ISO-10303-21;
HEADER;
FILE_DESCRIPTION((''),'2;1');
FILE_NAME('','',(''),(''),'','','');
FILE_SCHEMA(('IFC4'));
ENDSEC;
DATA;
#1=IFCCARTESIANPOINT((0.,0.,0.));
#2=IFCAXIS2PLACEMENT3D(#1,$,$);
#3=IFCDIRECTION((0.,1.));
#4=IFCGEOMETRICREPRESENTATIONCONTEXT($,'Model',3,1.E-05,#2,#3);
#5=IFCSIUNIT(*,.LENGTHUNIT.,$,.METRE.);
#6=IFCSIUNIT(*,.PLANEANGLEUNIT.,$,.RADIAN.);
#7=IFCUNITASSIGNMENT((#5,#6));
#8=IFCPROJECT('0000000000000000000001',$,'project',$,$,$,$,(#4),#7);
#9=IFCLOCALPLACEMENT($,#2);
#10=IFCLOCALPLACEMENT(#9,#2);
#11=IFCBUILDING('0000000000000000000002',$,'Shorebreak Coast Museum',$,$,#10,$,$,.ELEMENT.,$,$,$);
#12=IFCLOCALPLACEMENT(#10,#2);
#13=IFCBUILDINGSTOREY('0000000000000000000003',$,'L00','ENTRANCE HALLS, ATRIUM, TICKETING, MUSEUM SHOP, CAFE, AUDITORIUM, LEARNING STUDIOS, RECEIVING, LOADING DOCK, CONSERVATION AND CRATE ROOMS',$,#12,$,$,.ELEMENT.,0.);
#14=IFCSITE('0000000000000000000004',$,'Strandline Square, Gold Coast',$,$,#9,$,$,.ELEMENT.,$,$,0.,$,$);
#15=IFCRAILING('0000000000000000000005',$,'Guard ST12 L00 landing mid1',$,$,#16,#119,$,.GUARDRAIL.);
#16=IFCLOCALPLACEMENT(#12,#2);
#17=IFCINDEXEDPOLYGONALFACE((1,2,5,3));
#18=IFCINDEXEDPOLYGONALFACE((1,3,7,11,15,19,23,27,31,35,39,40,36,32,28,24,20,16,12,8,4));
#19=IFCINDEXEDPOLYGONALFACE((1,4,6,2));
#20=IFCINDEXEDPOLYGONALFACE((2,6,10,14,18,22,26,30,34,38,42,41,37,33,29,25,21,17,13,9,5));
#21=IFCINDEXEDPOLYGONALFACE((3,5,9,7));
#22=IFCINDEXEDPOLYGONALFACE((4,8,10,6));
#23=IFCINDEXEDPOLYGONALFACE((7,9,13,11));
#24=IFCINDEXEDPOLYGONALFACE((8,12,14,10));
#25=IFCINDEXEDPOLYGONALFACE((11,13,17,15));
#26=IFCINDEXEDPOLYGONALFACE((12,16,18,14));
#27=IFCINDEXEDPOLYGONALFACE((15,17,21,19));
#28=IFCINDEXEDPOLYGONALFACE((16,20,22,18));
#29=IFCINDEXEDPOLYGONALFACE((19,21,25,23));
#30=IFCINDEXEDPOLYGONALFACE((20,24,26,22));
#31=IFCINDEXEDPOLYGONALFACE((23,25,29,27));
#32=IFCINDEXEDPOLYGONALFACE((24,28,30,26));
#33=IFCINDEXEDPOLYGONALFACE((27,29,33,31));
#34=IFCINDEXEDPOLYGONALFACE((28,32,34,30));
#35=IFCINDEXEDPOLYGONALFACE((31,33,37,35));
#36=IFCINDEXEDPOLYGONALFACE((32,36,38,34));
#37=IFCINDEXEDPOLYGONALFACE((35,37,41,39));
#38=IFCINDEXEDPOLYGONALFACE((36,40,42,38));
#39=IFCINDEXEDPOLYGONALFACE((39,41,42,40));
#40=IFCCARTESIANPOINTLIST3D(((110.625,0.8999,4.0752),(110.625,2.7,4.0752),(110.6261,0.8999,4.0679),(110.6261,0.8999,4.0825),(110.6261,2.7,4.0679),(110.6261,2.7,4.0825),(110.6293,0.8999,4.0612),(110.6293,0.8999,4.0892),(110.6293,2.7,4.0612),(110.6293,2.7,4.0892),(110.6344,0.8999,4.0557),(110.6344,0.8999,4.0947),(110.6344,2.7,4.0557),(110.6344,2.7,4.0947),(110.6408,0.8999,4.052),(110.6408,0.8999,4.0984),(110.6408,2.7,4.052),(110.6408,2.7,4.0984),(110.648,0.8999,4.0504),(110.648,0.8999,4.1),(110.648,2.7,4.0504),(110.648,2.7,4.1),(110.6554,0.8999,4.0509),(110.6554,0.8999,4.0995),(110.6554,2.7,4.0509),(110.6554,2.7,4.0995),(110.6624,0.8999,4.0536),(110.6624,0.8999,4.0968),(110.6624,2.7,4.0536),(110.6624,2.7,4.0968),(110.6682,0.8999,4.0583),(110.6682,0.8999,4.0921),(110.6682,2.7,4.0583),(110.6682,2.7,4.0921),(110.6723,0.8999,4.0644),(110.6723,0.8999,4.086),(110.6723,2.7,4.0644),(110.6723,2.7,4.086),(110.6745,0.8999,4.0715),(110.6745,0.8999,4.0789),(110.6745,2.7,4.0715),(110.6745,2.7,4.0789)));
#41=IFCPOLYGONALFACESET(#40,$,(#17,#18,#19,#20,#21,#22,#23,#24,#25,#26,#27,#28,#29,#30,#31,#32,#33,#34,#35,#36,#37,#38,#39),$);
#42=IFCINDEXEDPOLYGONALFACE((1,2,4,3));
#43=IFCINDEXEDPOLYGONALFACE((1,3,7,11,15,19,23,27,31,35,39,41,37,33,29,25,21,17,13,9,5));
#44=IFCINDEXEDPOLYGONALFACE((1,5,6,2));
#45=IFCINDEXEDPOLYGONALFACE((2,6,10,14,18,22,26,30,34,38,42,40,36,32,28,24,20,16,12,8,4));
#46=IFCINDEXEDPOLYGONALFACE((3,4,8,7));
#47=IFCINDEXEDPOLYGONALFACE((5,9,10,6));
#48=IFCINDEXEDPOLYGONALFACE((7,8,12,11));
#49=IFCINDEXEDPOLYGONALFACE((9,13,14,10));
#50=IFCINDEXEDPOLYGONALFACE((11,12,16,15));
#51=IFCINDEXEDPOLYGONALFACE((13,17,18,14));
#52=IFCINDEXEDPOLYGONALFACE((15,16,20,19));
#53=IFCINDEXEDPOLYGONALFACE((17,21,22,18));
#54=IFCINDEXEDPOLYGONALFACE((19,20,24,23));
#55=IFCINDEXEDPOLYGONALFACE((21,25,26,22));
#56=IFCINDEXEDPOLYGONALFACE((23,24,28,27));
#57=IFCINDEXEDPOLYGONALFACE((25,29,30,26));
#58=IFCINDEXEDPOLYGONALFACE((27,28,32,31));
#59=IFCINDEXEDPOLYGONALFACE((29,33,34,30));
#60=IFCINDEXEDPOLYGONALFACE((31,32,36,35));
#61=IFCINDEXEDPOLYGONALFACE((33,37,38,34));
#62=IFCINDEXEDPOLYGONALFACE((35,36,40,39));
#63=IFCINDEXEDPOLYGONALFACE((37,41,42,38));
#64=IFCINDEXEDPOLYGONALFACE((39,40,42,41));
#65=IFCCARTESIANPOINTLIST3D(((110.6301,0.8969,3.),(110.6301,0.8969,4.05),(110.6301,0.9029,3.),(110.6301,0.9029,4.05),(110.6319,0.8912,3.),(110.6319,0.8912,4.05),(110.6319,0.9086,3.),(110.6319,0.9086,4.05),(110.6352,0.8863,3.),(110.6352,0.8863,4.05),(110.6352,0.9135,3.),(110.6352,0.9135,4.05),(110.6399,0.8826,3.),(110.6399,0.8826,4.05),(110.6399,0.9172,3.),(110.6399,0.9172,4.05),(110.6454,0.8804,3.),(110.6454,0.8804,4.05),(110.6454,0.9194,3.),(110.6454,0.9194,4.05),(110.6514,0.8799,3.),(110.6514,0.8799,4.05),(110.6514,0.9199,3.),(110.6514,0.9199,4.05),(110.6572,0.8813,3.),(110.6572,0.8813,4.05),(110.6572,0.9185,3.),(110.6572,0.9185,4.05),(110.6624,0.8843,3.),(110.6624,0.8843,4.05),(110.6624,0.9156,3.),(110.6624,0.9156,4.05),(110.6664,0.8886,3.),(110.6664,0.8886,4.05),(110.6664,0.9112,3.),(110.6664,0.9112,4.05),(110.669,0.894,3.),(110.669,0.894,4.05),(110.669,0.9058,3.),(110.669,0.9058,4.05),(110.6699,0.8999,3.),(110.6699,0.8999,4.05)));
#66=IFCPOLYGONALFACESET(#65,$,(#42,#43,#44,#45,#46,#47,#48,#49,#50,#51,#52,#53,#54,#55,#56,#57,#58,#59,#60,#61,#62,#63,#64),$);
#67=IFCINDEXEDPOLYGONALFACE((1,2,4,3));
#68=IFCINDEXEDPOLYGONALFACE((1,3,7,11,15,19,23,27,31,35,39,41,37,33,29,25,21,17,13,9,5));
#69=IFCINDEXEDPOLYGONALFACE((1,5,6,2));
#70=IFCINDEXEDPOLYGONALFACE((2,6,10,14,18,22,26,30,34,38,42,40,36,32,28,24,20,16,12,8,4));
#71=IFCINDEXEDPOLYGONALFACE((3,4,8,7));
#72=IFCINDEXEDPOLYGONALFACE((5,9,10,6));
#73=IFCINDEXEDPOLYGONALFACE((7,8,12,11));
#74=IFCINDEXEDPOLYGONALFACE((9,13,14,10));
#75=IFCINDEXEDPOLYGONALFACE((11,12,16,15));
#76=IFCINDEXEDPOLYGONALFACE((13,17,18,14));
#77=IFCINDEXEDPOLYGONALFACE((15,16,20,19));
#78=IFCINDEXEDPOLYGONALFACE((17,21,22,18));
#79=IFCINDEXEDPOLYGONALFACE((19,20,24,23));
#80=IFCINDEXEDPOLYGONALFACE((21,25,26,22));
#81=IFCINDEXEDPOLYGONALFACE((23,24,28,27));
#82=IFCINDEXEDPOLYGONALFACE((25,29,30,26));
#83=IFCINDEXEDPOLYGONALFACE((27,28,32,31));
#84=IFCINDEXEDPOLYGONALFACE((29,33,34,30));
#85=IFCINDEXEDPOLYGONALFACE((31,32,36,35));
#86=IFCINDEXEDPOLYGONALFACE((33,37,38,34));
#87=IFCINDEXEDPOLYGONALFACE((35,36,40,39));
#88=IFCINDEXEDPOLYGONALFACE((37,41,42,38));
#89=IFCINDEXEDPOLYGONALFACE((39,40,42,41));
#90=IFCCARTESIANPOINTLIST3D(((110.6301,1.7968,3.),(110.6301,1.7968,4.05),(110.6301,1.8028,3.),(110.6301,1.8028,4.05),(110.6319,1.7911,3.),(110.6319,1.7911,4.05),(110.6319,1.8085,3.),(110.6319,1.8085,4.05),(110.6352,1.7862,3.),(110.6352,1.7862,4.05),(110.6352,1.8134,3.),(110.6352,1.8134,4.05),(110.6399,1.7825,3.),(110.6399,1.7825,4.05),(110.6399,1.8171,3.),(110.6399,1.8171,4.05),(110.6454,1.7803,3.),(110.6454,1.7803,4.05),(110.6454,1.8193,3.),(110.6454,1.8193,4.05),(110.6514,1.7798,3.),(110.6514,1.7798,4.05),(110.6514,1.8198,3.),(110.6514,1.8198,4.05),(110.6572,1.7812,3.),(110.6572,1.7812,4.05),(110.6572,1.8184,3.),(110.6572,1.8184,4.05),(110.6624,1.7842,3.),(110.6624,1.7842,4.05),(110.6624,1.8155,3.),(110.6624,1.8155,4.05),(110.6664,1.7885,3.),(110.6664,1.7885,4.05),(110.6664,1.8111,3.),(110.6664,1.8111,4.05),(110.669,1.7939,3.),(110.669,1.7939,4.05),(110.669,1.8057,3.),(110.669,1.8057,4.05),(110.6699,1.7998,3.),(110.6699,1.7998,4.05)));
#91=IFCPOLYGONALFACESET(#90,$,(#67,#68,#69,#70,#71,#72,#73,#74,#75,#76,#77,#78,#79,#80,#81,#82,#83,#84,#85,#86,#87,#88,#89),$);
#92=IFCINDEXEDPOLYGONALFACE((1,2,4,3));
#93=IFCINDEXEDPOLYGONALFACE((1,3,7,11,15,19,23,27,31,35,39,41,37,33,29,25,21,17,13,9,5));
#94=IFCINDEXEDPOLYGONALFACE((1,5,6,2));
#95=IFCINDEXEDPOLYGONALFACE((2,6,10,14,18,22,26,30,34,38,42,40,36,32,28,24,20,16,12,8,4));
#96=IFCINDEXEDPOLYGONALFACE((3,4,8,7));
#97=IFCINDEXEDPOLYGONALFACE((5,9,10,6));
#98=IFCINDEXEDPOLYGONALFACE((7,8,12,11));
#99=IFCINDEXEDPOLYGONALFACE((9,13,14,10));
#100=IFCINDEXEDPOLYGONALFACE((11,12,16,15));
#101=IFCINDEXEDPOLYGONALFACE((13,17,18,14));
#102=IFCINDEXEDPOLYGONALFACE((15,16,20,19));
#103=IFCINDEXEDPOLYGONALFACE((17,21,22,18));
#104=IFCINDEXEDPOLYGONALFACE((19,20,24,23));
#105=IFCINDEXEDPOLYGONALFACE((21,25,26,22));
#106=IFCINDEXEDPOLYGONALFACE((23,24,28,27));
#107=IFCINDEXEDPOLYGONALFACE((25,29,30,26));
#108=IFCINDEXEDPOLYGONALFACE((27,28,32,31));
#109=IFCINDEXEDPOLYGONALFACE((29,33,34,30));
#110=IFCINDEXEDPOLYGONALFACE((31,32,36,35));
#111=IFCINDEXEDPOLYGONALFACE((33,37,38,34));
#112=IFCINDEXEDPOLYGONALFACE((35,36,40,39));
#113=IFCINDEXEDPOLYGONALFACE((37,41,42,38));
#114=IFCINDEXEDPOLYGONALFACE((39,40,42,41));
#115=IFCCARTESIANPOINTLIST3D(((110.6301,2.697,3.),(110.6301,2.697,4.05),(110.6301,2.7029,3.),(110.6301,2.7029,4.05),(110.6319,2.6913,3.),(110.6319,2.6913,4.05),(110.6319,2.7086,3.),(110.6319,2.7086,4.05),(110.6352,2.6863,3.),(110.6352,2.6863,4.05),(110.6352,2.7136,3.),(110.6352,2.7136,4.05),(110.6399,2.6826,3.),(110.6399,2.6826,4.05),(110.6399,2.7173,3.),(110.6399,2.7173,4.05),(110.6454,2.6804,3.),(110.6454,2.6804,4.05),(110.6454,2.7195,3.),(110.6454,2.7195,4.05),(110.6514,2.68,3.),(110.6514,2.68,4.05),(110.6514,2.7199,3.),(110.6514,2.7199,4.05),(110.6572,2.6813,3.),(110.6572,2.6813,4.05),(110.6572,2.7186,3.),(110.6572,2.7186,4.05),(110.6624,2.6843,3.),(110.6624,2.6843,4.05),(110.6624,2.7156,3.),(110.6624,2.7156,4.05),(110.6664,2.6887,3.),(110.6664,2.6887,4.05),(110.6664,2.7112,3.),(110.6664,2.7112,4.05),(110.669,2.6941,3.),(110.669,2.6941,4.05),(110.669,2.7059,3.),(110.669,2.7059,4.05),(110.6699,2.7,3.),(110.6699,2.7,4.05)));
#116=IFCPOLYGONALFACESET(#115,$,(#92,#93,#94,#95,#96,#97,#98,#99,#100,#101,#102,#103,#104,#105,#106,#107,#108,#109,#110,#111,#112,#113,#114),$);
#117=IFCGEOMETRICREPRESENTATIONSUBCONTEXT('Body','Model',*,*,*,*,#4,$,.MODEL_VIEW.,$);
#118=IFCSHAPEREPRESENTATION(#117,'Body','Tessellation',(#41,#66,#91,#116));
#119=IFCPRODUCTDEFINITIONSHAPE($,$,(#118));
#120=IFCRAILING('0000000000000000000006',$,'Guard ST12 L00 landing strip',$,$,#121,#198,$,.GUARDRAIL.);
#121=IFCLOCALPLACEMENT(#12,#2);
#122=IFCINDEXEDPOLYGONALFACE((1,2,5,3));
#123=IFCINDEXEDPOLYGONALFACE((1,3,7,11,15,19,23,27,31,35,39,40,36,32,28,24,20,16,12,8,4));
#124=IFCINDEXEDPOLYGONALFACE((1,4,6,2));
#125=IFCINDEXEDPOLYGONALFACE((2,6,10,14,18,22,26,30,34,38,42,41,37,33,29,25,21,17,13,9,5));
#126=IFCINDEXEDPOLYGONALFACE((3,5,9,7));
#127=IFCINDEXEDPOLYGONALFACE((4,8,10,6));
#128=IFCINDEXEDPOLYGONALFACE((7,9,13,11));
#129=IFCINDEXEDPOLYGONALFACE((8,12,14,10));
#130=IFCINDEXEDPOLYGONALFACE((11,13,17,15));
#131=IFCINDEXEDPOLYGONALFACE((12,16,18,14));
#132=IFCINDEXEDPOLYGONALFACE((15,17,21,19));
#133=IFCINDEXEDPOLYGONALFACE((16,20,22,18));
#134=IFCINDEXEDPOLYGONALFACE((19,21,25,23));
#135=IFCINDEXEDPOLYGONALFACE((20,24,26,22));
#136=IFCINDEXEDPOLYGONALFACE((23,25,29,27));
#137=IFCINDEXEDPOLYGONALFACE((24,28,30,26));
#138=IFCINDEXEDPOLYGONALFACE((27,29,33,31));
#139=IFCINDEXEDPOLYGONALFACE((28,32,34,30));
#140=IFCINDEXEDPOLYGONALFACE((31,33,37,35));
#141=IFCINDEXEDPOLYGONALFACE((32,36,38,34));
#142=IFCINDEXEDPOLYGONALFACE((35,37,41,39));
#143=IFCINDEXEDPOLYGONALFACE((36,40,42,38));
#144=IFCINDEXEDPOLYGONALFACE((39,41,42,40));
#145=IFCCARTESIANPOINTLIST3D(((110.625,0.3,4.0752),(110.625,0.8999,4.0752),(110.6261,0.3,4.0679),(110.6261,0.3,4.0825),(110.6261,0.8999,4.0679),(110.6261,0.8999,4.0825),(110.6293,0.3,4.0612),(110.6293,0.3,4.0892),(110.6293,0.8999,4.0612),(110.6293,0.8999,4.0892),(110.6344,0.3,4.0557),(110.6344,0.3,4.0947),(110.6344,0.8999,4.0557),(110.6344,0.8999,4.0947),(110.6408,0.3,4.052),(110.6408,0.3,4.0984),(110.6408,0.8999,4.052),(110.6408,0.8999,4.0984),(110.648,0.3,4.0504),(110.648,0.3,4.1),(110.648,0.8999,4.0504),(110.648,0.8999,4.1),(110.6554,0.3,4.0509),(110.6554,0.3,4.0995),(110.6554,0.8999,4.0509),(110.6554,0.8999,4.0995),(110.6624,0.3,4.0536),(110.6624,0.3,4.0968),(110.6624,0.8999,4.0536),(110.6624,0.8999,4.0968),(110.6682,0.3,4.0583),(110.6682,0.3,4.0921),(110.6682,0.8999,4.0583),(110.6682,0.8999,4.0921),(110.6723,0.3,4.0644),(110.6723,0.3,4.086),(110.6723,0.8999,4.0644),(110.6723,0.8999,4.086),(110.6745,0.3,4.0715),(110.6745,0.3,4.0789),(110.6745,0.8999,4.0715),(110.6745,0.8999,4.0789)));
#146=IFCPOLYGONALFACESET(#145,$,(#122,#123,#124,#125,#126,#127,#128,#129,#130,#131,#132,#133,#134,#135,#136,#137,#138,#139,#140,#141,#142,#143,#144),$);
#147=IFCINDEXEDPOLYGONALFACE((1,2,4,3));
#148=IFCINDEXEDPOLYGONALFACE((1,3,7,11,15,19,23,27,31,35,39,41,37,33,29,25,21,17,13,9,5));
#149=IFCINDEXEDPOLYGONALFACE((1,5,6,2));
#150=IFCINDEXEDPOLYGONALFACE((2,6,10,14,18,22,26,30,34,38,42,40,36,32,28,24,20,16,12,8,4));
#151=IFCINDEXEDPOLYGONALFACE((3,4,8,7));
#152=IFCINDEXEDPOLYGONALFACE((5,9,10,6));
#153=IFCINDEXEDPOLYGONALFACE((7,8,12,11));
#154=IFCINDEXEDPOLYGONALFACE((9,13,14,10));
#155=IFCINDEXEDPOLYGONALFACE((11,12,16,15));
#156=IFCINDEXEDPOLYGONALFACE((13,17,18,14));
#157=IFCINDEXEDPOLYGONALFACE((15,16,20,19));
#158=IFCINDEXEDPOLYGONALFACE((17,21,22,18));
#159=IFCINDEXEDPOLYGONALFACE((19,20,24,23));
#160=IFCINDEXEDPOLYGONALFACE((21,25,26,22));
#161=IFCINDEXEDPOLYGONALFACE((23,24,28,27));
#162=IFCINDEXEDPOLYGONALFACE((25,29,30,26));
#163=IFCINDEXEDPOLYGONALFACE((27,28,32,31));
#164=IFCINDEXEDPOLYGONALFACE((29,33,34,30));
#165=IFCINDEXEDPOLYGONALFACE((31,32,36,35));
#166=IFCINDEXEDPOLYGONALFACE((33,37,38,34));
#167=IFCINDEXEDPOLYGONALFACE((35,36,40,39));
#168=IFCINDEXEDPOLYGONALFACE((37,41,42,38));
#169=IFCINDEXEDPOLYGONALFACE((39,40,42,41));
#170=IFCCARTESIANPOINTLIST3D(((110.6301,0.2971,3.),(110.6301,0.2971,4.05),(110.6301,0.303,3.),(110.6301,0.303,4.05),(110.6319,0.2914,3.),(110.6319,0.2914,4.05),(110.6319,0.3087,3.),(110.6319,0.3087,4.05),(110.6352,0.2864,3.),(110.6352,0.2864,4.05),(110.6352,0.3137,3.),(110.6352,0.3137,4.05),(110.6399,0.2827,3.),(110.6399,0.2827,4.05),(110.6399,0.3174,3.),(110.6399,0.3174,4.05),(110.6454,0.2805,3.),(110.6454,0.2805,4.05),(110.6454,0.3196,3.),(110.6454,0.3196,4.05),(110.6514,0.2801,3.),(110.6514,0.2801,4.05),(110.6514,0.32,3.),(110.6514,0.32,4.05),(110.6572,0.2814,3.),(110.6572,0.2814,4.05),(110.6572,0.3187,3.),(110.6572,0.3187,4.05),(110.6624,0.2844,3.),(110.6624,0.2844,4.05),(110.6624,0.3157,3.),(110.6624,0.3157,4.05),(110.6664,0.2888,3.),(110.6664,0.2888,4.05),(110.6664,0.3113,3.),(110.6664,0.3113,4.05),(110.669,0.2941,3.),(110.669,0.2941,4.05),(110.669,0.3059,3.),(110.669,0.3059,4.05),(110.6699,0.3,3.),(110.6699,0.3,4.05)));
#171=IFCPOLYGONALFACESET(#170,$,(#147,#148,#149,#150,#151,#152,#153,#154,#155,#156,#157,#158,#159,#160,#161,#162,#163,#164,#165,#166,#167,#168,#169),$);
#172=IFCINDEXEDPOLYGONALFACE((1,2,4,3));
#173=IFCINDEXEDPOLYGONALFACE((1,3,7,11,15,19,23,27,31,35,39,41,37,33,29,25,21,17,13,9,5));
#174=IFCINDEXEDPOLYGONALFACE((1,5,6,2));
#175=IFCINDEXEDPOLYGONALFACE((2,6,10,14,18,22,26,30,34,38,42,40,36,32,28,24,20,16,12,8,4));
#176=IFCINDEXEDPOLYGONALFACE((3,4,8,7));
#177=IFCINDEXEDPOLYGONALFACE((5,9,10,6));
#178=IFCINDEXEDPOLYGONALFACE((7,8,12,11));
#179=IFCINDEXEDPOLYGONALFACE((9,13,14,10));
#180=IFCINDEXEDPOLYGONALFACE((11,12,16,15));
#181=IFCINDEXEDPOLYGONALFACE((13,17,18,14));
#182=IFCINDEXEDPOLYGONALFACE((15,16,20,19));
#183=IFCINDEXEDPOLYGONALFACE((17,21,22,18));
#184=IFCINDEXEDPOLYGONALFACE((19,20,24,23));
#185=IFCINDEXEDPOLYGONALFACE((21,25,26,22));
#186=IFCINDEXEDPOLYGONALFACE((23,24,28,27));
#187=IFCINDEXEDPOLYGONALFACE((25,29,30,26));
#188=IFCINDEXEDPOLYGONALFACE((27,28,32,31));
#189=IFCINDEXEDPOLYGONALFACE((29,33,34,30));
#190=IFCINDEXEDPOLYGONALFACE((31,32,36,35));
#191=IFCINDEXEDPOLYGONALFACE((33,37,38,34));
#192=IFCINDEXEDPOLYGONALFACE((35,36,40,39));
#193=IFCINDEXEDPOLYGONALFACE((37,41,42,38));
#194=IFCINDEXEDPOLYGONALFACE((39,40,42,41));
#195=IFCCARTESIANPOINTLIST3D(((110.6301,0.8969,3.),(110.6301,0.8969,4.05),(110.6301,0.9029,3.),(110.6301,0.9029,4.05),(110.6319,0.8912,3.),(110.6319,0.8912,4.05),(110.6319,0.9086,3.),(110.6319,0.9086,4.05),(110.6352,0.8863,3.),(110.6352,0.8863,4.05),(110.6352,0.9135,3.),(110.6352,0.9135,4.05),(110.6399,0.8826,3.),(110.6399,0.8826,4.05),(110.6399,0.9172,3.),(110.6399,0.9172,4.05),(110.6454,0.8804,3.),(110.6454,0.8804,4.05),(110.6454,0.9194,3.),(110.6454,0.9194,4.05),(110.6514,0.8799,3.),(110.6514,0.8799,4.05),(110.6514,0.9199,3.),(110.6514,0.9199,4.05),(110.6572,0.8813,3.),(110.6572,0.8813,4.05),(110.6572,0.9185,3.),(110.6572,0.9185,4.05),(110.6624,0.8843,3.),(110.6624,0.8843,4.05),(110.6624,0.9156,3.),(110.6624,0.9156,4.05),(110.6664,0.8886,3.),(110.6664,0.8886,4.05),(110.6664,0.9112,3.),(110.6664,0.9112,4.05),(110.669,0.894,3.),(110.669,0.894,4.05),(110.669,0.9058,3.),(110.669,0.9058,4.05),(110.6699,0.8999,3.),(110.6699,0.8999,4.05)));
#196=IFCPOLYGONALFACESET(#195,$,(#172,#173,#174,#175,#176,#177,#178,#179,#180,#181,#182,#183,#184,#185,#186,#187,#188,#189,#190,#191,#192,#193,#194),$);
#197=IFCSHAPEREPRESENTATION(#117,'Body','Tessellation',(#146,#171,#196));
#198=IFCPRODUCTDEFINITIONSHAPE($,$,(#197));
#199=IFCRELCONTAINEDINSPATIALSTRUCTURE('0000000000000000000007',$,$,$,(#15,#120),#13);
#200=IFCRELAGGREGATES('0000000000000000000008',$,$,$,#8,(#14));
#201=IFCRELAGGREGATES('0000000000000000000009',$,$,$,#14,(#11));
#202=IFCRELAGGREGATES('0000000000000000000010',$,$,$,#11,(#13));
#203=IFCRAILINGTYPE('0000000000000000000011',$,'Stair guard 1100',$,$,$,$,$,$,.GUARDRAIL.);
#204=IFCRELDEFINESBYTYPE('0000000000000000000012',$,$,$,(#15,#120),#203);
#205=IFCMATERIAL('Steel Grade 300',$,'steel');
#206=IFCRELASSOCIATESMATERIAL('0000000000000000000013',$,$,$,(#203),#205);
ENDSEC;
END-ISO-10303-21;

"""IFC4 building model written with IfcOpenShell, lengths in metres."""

from ifc_helpers import new_model, si_unit, direction, frame, origin, origin_2d, place, context, subcontext, project, spatial, circle, extrude, material, type_object, element, save


model = new_model("IFC4")

# Units and contexts
model_context = context("Model", 3, precision=1e-05, world=origin(), true_north=direction((0.0, 1.0)))
body_context = subcontext(model_context, "Body", "Model", "MODEL_VIEW")
ifc_project = project(units=[si_unit("LENGTHUNIT", "METRE"), si_unit("PLANEANGLEUNIT", "RADIAN")], contexts=[model_context])

# Site, building, storey
site_placement = place(None, origin())
site = spatial("IfcSite", under=ifc_project, at=site_placement, Name="Strandline Square, Gold Coast", CompositionType="ELEMENT", RefElevation=0.0)
building_placement = place(site_placement, origin())
building = spatial("IfcBuilding", under=site, at=building_placement, Name="Shorebreak Coast Museum", CompositionType="ELEMENT")
storey_placement = place(building_placement, origin())
storey = spatial("IfcBuildingStorey", under=building, at=storey_placement, Name="L00", Description="ENTRANCE HALLS, ATRIUM, TICKETING, MUSEUM SHOP, CAFE, AUDITORIUM, LEARNING STUDIOS, RECEIVING, LOADING DOCK, CONSERVATION AND CRATE ROOMS", CompositionType="ELEMENT", Elevation=0.0)

# Railings
ifc_material_1 = material(Name="Steel Grade 300", Category="steel")
railing_type_1 = type_object("IfcRailingType", Name="Stair guard 1100", PredefinedType="GUARDRAIL", material=ifc_material_1)
railing_1_placement = place(storey_placement, frame((110.6499, 0.8999, 3.0)))
element("IfcRailing", 1, at=railing_1_placement, inside=storey, type_object=railing_type_1, Name="Guard ST12 L00 landing mid1", PredefinedType="GUARDRAIL", context=body_context, shape_type="SweptSolid", body=[
    extrude(circle(Radius=0.0249, at=origin_2d()), frame((0.0, 0.0, 1.0752), z_axis=(0.0, 1.0, 0.0), x_axis=(-1.0, 0.0, 0.0)), (0.0, 0.0, 1.0), 1.8),
    extrude(circle(Radius=0.02, at=origin_2d()), origin(), (0.0, 0.0, 1.0), 1.05),
    extrude(circle(Radius=0.02, at=origin_2d()), frame((0.0, 0.8999, 0.0)), (0.0, 0.0, 1.0), 1.05),
    extrude(circle(Radius=0.02, at=origin_2d()), frame((0.0, 1.8, 0.0)), (0.0, 0.0, 1.0), 1.05),
])
for number, where, name in (
    (2, (110.6499, 0.3, 3.0), "Guard ST12 L00 landing strip"),
):
    element("IfcRailing", number, at=place(storey_placement, frame(where)), inside=storey, type_object=railing_type_1, Name=name, PredefinedType="GUARDRAIL", context=body_context, shape_type="SweptSolid", body=[
        extrude(circle(Radius=0.0249, at=origin_2d()), frame((0.0, 0.0, 1.0752), z_axis=(0.0, 1.0, 0.0), x_axis=(-1.0, 0.0, 0.0)), (0.0, 0.0, 1.0), 0.5999),
        extrude(circle(Radius=0.02, at=origin_2d()), origin(), (0.0, 0.0, 1.0), 1.05),
        extrude(circle(Radius=0.02, at=origin_2d()), frame((0.0, 0.5999, 0.0)), (0.0, 0.0, 1.0), 1.05),
    ])

save(model, "model.ifc")
